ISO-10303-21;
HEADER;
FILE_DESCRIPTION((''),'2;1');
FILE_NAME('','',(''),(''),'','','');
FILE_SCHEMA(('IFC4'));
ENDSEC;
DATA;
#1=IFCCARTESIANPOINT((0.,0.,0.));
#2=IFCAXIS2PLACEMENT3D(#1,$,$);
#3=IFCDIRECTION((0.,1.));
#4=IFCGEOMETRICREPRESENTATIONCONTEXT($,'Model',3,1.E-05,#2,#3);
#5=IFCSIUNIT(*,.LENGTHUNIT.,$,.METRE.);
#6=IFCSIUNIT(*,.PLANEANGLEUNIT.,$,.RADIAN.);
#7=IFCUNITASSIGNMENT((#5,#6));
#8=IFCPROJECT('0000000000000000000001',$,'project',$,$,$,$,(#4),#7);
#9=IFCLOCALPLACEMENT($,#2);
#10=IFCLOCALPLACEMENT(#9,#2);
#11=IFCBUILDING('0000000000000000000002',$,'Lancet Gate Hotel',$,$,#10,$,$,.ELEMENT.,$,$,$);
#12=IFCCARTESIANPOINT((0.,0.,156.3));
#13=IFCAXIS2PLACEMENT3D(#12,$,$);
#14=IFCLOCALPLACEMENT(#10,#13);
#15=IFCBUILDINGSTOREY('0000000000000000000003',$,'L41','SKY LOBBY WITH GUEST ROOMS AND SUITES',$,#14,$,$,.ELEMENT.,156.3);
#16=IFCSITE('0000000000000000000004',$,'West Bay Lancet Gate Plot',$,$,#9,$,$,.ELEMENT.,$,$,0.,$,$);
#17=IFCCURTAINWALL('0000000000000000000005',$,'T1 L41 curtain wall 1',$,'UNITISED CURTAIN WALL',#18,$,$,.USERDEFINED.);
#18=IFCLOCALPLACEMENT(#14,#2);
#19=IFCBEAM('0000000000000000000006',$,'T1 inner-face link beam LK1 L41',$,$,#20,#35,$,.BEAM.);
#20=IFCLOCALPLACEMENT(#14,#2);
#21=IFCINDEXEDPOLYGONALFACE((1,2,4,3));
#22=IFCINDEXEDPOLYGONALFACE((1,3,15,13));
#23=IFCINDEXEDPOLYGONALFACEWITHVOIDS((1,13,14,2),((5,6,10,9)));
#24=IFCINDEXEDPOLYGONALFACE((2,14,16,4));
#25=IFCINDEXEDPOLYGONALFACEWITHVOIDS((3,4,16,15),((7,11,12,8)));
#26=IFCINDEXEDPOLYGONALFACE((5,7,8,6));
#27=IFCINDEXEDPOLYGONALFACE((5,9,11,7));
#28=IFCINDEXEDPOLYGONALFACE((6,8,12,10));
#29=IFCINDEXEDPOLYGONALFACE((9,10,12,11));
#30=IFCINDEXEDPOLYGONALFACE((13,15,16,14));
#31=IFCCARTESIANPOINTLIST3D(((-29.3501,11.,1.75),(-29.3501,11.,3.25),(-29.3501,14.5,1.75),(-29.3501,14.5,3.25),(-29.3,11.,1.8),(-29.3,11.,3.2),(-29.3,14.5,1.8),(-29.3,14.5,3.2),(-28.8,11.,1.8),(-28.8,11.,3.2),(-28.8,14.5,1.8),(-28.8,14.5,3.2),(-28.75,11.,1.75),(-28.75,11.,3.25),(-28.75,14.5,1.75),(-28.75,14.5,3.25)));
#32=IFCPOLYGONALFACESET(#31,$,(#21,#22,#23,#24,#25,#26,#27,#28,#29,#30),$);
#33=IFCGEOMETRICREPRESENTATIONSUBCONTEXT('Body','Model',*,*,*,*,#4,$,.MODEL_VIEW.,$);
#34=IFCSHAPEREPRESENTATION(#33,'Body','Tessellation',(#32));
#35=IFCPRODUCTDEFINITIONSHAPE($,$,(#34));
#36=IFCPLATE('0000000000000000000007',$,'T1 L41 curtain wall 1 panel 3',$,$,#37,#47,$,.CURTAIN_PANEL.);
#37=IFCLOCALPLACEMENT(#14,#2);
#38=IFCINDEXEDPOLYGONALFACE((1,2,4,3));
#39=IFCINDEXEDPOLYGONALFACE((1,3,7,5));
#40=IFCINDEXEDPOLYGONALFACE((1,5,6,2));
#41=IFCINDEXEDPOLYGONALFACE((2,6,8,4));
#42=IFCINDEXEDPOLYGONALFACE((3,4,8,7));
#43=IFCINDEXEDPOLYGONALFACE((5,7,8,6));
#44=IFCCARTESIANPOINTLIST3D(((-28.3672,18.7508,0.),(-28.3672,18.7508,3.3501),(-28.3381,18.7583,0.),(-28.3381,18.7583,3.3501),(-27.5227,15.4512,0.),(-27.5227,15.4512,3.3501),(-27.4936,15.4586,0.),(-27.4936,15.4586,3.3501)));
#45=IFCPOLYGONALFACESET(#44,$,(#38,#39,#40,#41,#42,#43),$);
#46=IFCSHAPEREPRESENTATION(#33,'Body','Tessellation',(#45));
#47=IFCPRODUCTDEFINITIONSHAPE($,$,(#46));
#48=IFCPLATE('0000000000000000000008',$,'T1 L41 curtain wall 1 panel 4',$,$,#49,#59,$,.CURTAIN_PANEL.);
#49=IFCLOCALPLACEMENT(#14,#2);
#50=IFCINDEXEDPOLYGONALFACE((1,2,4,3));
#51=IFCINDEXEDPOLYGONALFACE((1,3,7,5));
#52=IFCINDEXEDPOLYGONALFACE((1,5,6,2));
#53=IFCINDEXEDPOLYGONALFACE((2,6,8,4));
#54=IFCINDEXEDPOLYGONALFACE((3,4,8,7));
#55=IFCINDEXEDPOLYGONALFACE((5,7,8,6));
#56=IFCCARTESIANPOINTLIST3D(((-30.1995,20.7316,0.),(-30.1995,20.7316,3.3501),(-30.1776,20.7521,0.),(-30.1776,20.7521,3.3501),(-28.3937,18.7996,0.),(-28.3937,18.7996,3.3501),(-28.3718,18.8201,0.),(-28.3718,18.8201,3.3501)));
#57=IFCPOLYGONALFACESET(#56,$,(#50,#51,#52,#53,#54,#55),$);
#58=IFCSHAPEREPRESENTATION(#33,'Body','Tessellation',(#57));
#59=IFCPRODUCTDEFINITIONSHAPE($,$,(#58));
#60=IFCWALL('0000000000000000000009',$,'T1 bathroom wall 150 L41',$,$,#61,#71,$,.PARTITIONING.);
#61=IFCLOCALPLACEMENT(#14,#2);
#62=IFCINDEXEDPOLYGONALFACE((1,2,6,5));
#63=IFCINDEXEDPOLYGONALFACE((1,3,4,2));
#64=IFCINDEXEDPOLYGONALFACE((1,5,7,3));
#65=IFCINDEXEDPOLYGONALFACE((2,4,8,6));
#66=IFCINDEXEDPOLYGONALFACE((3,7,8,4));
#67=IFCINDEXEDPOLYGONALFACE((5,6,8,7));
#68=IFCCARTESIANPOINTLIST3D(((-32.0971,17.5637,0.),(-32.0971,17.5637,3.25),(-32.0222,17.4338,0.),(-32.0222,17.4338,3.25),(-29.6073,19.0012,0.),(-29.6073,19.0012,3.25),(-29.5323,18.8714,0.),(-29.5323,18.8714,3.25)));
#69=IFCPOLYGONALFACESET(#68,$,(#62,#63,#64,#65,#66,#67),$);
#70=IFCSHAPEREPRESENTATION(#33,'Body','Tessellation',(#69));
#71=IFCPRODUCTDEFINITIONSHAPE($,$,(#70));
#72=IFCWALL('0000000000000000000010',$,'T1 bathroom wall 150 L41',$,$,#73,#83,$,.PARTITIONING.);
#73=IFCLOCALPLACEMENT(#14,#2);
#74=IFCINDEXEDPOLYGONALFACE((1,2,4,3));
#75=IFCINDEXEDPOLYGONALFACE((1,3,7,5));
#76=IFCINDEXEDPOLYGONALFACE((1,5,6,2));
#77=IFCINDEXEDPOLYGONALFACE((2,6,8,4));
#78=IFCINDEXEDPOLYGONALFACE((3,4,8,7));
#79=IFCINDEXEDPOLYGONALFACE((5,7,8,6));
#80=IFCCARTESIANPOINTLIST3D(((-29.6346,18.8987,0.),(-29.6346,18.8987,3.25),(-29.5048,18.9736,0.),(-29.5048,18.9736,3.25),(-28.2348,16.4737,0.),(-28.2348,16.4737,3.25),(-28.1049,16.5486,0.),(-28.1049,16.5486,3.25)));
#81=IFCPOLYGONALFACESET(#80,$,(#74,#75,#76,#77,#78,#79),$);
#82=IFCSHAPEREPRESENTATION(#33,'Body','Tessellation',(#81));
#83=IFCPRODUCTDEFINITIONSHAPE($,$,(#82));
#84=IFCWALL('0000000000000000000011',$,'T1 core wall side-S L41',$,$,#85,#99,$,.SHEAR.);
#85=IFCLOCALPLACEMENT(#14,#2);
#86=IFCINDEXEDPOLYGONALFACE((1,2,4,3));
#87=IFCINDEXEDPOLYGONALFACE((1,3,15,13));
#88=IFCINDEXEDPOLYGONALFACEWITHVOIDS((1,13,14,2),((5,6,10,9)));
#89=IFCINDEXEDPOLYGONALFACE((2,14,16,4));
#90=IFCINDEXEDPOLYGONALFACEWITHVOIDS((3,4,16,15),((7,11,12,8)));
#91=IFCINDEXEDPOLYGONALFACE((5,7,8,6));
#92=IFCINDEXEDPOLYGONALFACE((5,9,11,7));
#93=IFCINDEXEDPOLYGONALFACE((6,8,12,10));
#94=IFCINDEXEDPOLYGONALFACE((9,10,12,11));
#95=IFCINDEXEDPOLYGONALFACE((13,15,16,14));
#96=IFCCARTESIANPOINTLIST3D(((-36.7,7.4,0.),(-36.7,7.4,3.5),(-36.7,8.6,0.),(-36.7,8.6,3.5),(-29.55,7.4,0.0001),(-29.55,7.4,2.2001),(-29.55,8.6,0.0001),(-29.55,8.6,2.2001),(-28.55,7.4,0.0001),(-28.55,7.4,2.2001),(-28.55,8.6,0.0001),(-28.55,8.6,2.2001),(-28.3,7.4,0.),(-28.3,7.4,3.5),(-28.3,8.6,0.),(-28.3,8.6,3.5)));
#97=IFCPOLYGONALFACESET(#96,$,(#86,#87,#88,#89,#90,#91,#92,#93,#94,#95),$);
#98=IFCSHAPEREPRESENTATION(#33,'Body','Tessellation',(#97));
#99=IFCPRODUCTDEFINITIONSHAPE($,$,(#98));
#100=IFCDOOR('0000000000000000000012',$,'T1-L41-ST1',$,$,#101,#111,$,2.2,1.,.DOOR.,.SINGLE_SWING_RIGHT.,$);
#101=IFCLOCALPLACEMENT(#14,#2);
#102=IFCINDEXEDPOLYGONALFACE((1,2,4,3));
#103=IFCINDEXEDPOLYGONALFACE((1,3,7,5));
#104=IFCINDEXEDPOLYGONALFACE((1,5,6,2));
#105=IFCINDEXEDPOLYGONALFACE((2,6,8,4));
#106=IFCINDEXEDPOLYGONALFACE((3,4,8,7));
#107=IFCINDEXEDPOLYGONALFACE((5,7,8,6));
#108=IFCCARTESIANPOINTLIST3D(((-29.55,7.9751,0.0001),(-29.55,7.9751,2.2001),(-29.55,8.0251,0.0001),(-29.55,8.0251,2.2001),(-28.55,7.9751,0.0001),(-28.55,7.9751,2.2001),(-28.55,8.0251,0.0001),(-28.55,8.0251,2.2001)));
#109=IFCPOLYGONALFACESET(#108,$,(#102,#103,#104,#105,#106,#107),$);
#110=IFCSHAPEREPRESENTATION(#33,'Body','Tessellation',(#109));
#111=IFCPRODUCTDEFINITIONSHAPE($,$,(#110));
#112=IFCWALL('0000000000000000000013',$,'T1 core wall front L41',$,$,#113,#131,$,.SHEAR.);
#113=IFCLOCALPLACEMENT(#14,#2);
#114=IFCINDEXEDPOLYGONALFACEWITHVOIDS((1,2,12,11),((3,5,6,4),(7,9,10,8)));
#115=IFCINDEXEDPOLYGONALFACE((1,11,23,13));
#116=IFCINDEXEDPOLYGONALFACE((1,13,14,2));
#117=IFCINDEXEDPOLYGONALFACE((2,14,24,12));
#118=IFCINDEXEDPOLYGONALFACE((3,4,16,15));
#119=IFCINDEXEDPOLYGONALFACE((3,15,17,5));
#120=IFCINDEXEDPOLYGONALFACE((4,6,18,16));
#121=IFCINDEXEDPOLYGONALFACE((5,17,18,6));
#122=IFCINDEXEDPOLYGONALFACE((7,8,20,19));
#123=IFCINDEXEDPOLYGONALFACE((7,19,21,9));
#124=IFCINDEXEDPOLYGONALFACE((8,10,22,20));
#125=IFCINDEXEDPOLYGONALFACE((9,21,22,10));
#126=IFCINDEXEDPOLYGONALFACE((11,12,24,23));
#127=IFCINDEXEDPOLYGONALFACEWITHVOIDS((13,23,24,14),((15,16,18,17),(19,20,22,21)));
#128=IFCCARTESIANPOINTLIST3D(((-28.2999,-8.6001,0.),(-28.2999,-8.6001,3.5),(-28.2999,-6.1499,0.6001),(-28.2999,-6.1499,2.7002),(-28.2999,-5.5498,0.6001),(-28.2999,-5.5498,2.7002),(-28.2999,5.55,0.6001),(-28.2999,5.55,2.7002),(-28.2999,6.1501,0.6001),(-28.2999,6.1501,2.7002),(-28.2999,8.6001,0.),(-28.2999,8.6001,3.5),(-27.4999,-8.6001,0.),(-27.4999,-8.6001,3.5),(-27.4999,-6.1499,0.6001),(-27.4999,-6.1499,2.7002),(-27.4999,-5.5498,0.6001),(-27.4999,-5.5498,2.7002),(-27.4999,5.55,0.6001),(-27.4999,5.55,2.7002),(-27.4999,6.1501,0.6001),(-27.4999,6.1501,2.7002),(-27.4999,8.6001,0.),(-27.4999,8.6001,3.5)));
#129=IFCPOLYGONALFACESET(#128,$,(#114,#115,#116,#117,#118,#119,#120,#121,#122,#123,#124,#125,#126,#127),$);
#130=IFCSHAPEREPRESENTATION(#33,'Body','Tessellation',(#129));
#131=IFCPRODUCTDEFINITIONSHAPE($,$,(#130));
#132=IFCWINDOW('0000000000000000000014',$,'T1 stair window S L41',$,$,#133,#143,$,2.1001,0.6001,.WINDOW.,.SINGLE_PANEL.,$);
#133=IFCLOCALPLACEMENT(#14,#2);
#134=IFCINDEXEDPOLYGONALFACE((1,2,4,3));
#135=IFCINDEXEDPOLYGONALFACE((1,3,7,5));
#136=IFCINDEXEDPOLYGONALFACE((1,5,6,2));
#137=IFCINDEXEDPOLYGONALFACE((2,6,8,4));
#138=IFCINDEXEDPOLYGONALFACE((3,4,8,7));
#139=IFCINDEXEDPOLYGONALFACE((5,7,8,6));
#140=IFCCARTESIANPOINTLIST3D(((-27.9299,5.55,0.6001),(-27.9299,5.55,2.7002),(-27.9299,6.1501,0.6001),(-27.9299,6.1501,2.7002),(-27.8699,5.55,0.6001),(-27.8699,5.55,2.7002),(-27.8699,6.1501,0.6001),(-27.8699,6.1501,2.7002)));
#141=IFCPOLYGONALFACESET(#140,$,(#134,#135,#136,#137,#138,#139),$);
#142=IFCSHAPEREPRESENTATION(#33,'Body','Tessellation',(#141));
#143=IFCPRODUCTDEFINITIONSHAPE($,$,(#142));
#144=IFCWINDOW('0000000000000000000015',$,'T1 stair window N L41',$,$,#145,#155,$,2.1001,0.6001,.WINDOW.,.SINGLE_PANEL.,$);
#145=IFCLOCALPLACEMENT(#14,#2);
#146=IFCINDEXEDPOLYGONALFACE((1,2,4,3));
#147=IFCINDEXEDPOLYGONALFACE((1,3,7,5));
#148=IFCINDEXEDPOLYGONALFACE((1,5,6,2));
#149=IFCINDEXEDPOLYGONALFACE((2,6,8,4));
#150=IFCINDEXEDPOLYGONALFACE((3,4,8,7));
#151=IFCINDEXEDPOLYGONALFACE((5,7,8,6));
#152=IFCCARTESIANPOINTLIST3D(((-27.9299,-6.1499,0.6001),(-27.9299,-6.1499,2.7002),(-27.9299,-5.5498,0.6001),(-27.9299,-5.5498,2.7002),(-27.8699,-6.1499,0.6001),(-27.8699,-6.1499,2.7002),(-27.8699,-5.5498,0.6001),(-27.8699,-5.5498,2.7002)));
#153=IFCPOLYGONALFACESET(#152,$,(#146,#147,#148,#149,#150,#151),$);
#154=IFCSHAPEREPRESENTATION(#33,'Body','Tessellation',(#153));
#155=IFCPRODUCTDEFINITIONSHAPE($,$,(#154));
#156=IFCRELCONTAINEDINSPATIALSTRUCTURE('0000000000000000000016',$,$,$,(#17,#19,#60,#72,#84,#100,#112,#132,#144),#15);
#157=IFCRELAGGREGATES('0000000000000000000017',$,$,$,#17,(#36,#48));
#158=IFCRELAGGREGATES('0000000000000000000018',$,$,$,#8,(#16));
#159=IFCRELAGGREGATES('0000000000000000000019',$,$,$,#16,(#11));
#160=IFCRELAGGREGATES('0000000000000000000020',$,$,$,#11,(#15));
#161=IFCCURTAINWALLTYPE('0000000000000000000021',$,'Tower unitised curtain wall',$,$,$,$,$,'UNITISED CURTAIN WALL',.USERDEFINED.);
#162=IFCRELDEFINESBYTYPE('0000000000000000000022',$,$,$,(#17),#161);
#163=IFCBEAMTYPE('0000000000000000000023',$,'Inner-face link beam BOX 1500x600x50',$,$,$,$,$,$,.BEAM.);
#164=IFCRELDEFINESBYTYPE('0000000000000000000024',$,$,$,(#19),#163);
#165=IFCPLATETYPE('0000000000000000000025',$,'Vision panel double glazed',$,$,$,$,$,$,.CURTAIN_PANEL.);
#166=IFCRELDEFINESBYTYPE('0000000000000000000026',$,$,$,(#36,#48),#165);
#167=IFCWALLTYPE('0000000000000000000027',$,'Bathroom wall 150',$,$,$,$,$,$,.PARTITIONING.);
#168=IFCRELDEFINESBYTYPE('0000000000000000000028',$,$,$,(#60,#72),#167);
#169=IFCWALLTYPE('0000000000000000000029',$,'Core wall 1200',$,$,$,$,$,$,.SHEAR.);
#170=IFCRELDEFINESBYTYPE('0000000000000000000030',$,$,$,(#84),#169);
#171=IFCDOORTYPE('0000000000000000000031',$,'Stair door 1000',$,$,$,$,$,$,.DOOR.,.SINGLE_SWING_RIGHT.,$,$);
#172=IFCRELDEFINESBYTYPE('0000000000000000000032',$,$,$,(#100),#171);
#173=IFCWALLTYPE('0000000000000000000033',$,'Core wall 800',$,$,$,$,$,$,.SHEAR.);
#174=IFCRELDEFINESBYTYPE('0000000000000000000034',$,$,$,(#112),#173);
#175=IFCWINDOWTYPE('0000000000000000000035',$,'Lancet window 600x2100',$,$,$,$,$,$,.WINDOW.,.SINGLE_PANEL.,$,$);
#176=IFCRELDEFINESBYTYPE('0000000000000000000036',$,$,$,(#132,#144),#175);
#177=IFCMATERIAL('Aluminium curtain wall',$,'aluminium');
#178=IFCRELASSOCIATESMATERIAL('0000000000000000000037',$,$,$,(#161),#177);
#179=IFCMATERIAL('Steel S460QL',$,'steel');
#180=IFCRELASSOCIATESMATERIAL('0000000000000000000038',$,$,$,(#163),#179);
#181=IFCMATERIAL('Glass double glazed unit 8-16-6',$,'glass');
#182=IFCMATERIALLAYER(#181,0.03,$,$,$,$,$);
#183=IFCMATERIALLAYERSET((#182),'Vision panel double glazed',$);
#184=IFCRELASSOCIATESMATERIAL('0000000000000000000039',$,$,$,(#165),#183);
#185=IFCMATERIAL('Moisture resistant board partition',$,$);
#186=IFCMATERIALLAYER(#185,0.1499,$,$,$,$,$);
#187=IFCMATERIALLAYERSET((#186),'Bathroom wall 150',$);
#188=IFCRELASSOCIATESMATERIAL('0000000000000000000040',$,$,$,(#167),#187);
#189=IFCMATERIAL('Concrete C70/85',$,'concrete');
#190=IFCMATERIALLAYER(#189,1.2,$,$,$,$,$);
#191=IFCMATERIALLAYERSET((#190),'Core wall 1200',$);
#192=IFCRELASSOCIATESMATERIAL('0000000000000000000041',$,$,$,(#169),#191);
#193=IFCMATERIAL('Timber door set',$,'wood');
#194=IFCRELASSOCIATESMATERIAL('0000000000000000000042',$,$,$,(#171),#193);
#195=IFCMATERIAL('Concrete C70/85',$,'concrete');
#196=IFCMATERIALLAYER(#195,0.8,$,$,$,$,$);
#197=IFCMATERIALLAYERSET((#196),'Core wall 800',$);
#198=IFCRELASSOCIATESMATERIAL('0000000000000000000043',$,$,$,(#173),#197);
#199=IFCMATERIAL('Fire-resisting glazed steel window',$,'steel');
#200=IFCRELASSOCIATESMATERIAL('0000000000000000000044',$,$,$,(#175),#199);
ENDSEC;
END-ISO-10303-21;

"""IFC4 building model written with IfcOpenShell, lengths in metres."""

from ifc_helpers import new_model, si_unit, direction, frame, frame_2d, origin, origin_2d, place, context, subcontext, project, spatial, rectangle, hollow_rectangle, extrude, material, layer, layer_set, material_profile, profile_set, type_object, element, fill, aggregate, save


model = new_model("IFC4")

# Units and contexts
model_context = context("Model", 3, precision=1e-05, world=origin(), true_north=direction((0.0, 1.0)))
body_context = subcontext(model_context, "Body", "Model", "MODEL_VIEW")
ifc_project = project(units=[si_unit("LENGTHUNIT", "METRE"), si_unit("PLANEANGLEUNIT", "RADIAN")], contexts=[model_context])

# Site, building, storey
site_placement = place(None, origin())
site = spatial("IfcSite", under=ifc_project, at=site_placement, Name="West Bay Lancet Gate Plot", CompositionType="ELEMENT", RefElevation=0.0)
building_placement = place(site_placement, origin())
building = spatial("IfcBuilding", under=site, at=building_placement, Name="Lancet Gate Hotel", CompositionType="ELEMENT")
storey_placement = place(building_placement, frame((0.0, 0.0, 156.3)))
storey = spatial("IfcBuildingStorey", under=building, at=storey_placement, Name="L41", Description="SKY LOBBY WITH GUEST ROOMS AND SUITES", CompositionType="ELEMENT", Elevation=156.3)

# Curtain wall
ifc_material_1 = material(Name="Aluminium curtain wall", Category="aluminium")
curtain_wall_type = type_object("IfcCurtainWallType", Name="Tower unitised curtain wall", ElementType="UNITISED CURTAIN WALL", PredefinedType="USERDEFINED", material=ifc_material_1)
curtain_wall_placement = place(storey_placement, origin())
curtain_wall = element("IfcCurtainWall", 1, at=curtain_wall_placement, inside=storey, type_object=curtain_wall_type, Name="T1 L41 curtain wall 1", ObjectType="UNITISED CURTAIN WALL", PredefinedType="USERDEFINED")

# Beam
ifc_material_2 = material(Name="Steel S460QL", Category="steel")
ifc_material_profile_1 = material_profile(ifc_material_2, hollow_rectangle(XDim=0.6001, YDim=1.5, WallThickness=0.05, at=origin_2d()), Name="BOX 1500x600x50")
ifc_profile_set_1 = profile_set([ifc_material_profile_1], Name="Steel S460QL")
beam_type = type_object("IfcBeamType", Name="Inner-face link beam BOX 1500x600x50", PredefinedType="BEAM", material=ifc_profile_set_1)
beam_placement = place(storey_placement, frame((-29.05, 14.5, 2.5), z_axis=(0.0, -1.0, 0.0), x_axis=(1.0, 0.0, 0.0)))
element("IfcBeam", 2, at=beam_placement, inside=storey, type_object=beam_type, Name="T1 inner-face link beam LK1 L41", PredefinedType="BEAM", context=body_context, shape_type="SweptSolid", body=[
    extrude(hollow_rectangle(XDim=0.6001, YDim=1.5, WallThickness=0.05, at=origin_2d()), origin(), (0.0, 0.0, 1.0), 3.5),
])

# Plates
ifc_material_3 = material(Name="Glass double glazed unit 8-16-6", Category="glass")
ifc_layer_1 = layer(ifc_material_3, 0.03)
ifc_layer_set_1 = layer_set([ifc_layer_1], Name="Vision panel double glazed")
plate_type = type_object("IfcPlateType", Name="Vision panel double glazed", PredefinedType="CURTAIN_PANEL", material=ifc_layer_set_1)
plate_1_placement = place(storey_placement, frame((-27.9304, 17.1047, 0.0), z_axis=(0.0, 0.0, 1.0), x_axis=(-0.247937, 0.968776, 0.0)))
plate_1 = element("IfcPlate", 3, at=plate_1_placement, type_object=plate_type, Name="T1 L41 curtain wall 1 panel 3", PredefinedType="CURTAIN_PANEL", context=body_context, shape_type="SweptSolid", body=[
    extrude(rectangle(XDim=3.406, YDim=0.03, at=origin_2d()), origin(), (0.0, 0.0, 1.0), 3.3501),
])
plate_2_placement = place(storey_placement, frame((-29.2856, 19.7759, 0.0), z_axis=(0.0, 0.0, 1.0), x_axis=(-0.682845, 0.730563, 0.0)))
plate_2 = element("IfcPlate", 4, at=plate_2_placement, type_object=plate_type, Name="T1 L41 curtain wall 1 panel 4", PredefinedType="CURTAIN_PANEL", context=body_context, shape_type="SweptSolid", body=[
    extrude(rectangle(XDim=2.6445, YDim=0.03, at=origin_2d()), origin(), (0.0, 0.0, 1.0), 3.3501),
])
aggregate(curtain_wall, [plate_1, plate_2])

# Walls
ifc_material_4 = material(Name="Moisture resistant board partition")
ifc_layer_2 = layer(ifc_material_4, 0.1499)
ifc_layer_set_2 = layer_set([ifc_layer_2], Name="Bathroom wall 150")
wall_type_1 = type_object("IfcWallType", Name="Bathroom wall 150", PredefinedType="PARTITIONING", material=ifc_layer_set_2)
wall_1_placement = place(storey_placement, frame((-29.5698, 18.9363, 0.0), z_axis=(0.0, 0.0, 1.0), x_axis=(-0.866019, -0.500012, 0.0)))
element("IfcWall", 5, at=wall_1_placement, inside=storey, type_object=wall_type_1, Name="T1 bathroom wall 150 L41", PredefinedType="PARTITIONING", context=body_context, shape_type="SweptSolid", body=[
    extrude(rectangle(XDim=2.875, YDim=0.1499, at=frame_2d((1.4375, 0.0))), origin(), (0.0, 0.0, 1.0), 3.25),
])
wall_2_placement = place(storey_placement, frame((-28.1699, 16.5112, 0.0), z_axis=(0.0, 0.0, 1.0), x_axis=(-0.499946, 0.866056, 0.0)))
element("IfcWall", 6, at=wall_2_placement, inside=storey, type_object=wall_type_1, Name="T1 bathroom wall 150 L41", PredefinedType="PARTITIONING", context=body_context, shape_type="SweptSolid", body=[
    extrude(rectangle(XDim=2.8, YDim=0.1499, at=frame_2d((1.3999, 0.0))), origin(), (0.0, 0.0, 1.0), 3.25),
])

# Wall, opening, door
ifc_material_5 = material(Name="Concrete C70/85", Category="concrete")
ifc_layer_3 = layer(ifc_material_5, 1.2)
ifc_layer_set_3 = layer_set([ifc_layer_3], Name="Core wall 1200")
wall_type_2 = type_object("IfcWallType", Name="Core wall 1200", PredefinedType="SHEAR", material=ifc_layer_set_3)
wall_3_placement = place(storey_placement, frame((-28.3, 8.0, 0.0), z_axis=(0.0, 0.0, 1.0), x_axis=(-1.0, 0.0, 0.0)))
wall_3 = element("IfcWall", 7, at=wall_3_placement, inside=storey, type_object=wall_type_2, Name="T1 core wall side-S L41", PredefinedType="SHEAR", context=body_context, shape_type="SweptSolid", body=[
    extrude(rectangle(XDim=8.3999, YDim=1.2, at=frame_2d((4.2, 0.0))), origin(), (0.0, 0.0, 1.0), 3.5),
])
opening_1_placement = place(wall_3_placement, frame((0.25, 0.0, 0.0)))
opening_1 = element("IfcOpeningElement", 8, at=opening_1_placement, cuts=wall_3, PredefinedType="OPENING", context=body_context, shape_type="SweptSolid", body=[
    extrude(rectangle(XDim=1.0, YDim=2.2, at=frame_2d((0.5, 1.1001))), frame((0.0, 0.6099, 0.0), z_axis=(0.0, -1.0, 0.0), x_axis=(1.0, 0.0, 0.0)), (0.0, 0.0, 1.0), 1.22),
])
ifc_material_6 = material(Name="Timber door set", Category="wood")
door_type_1 = type_object("IfcDoorType", Name="Stair door 1000", OperationType="SINGLE_SWING_RIGHT", PredefinedType="DOOR", material=ifc_material_6)
door_1_placement = place(opening_1_placement, origin())
door_1 = element("IfcDoor", 9, at=door_1_placement, inside=storey, type_object=door_type_1, Name="T1-L41-ST1", OperationType="SINGLE_SWING_RIGHT", OverallHeight=2.2, OverallWidth=1.0, PredefinedType="DOOR", context=body_context, shape_type="SweptSolid", body=[
    extrude(rectangle(XDim=1.0, YDim=2.2, at=frame_2d((0.5, 1.1001))), frame((0.0, 0.0249, 0.0), z_axis=(0.0, -1.0, 0.0), x_axis=(1.0, 0.0, 0.0)), (0.0, 0.0, 1.0), 0.05),
])
fill(opening_1, door_1)

# Wall, openings, windows
ifc_material_7 = material(Name="Concrete C70/85", Category="concrete")
ifc_layer_4 = layer(ifc_material_7, 0.8)
ifc_layer_set_4 = layer_set([ifc_layer_4], Name="Core wall 800")
wall_type_3 = type_object("IfcWallType", Name="Core wall 800", PredefinedType="SHEAR", material=ifc_layer_set_4)
wall_4_placement = place(storey_placement, frame((-27.8999, 8.6001, 0.0), z_axis=(0.0, 0.0, 1.0), x_axis=(0.0, -1.0, 0.0)))
wall_4 = element("IfcWall", 10, at=wall_4_placement, inside=storey, type_object=wall_type_3, Name="T1 core wall front L41", PredefinedType="SHEAR", context=body_context, shape_type="SweptSolid", body=[
    extrude(rectangle(XDim=17.2002, YDim=0.8, at=frame_2d((8.6001, 0.0))), origin(), (0.0, 0.0, 1.0), 3.5),
])
opening_2_placement = place(wall_4_placement, frame((2.45, 0.0, 0.6001)))
opening_2 = element("IfcOpeningElement", 11, at=opening_2_placement, cuts=wall_4, PredefinedType="OPENING", context=body_context, shape_type="SweptSolid", body=[
    extrude(rectangle(XDim=0.6001, YDim=2.1001, at=frame_2d((0.3, 1.05))), frame((0.0, 0.4099, 0.0), z_axis=(0.0, -1.0, 0.0), x_axis=(1.0, 0.0, 0.0)), (0.0, 0.0, 1.0), 0.8201),
])
opening_3_placement = place(wall_4_placement, frame((14.1499, 0.0, 0.6001)))
opening_3 = element("IfcOpeningElement", 12, at=opening_3_placement, cuts=wall_4, PredefinedType="OPENING", context=body_context, shape_type="SweptSolid", body=[
    extrude(rectangle(XDim=0.6001, YDim=2.1001, at=frame_2d((0.3, 1.05))), frame((0.0, 0.4099, 0.0), z_axis=(0.0, -1.0, 0.0), x_axis=(1.0, 0.0, 0.0)), (0.0, 0.0, 1.0), 0.8201),
])
ifc_material_8 = material(Name="Fire-resisting glazed steel window", Category="steel")
window_type = type_object("IfcWindowType", Name="Lancet window 600x2100", PartitioningType="SINGLE_PANEL", PredefinedType="WINDOW", material=ifc_material_8)
window_1_placement = place(opening_2_placement, origin())
window_1 = element("IfcWindow", 13, at=window_1_placement, inside=storey, type_object=window_type, Name="T1 stair window S L41", OverallHeight=2.1001, OverallWidth=0.6001, PartitioningType="SINGLE_PANEL", PredefinedType="WINDOW", context=body_context, shape_type="SweptSolid", body=[
    extrude(rectangle(XDim=0.6001, YDim=2.1001, at=frame_2d((0.3, 1.05))), frame((0.0, 0.03, 0.0), z_axis=(0.0, -1.0, 0.0), x_axis=(1.0, 0.0, 0.0)), (0.0, 0.0, 1.0), 0.0601),
])
fill(opening_2, window_1)
window_2_placement = place(opening_3_placement, origin())
window_2 = element("IfcWindow", 14, at=window_2_placement, inside=storey, type_object=window_type, Name="T1 stair window N L41", OverallHeight=2.1001, OverallWidth=0.6001, PartitioningType="SINGLE_PANEL", PredefinedType="WINDOW", context=body_context, shape_type="SweptSolid", body=[
    extrude(rectangle(XDim=0.6001, YDim=2.1001, at=frame_2d((0.3, 1.05))), frame((0.0, 0.03, 0.0), z_axis=(0.0, -1.0, 0.0), x_axis=(1.0, 0.0, 0.0)), (0.0, 0.0, 1.0), 0.0601),
])
fill(opening_3, window_2)

save(model, "model.ifc")
